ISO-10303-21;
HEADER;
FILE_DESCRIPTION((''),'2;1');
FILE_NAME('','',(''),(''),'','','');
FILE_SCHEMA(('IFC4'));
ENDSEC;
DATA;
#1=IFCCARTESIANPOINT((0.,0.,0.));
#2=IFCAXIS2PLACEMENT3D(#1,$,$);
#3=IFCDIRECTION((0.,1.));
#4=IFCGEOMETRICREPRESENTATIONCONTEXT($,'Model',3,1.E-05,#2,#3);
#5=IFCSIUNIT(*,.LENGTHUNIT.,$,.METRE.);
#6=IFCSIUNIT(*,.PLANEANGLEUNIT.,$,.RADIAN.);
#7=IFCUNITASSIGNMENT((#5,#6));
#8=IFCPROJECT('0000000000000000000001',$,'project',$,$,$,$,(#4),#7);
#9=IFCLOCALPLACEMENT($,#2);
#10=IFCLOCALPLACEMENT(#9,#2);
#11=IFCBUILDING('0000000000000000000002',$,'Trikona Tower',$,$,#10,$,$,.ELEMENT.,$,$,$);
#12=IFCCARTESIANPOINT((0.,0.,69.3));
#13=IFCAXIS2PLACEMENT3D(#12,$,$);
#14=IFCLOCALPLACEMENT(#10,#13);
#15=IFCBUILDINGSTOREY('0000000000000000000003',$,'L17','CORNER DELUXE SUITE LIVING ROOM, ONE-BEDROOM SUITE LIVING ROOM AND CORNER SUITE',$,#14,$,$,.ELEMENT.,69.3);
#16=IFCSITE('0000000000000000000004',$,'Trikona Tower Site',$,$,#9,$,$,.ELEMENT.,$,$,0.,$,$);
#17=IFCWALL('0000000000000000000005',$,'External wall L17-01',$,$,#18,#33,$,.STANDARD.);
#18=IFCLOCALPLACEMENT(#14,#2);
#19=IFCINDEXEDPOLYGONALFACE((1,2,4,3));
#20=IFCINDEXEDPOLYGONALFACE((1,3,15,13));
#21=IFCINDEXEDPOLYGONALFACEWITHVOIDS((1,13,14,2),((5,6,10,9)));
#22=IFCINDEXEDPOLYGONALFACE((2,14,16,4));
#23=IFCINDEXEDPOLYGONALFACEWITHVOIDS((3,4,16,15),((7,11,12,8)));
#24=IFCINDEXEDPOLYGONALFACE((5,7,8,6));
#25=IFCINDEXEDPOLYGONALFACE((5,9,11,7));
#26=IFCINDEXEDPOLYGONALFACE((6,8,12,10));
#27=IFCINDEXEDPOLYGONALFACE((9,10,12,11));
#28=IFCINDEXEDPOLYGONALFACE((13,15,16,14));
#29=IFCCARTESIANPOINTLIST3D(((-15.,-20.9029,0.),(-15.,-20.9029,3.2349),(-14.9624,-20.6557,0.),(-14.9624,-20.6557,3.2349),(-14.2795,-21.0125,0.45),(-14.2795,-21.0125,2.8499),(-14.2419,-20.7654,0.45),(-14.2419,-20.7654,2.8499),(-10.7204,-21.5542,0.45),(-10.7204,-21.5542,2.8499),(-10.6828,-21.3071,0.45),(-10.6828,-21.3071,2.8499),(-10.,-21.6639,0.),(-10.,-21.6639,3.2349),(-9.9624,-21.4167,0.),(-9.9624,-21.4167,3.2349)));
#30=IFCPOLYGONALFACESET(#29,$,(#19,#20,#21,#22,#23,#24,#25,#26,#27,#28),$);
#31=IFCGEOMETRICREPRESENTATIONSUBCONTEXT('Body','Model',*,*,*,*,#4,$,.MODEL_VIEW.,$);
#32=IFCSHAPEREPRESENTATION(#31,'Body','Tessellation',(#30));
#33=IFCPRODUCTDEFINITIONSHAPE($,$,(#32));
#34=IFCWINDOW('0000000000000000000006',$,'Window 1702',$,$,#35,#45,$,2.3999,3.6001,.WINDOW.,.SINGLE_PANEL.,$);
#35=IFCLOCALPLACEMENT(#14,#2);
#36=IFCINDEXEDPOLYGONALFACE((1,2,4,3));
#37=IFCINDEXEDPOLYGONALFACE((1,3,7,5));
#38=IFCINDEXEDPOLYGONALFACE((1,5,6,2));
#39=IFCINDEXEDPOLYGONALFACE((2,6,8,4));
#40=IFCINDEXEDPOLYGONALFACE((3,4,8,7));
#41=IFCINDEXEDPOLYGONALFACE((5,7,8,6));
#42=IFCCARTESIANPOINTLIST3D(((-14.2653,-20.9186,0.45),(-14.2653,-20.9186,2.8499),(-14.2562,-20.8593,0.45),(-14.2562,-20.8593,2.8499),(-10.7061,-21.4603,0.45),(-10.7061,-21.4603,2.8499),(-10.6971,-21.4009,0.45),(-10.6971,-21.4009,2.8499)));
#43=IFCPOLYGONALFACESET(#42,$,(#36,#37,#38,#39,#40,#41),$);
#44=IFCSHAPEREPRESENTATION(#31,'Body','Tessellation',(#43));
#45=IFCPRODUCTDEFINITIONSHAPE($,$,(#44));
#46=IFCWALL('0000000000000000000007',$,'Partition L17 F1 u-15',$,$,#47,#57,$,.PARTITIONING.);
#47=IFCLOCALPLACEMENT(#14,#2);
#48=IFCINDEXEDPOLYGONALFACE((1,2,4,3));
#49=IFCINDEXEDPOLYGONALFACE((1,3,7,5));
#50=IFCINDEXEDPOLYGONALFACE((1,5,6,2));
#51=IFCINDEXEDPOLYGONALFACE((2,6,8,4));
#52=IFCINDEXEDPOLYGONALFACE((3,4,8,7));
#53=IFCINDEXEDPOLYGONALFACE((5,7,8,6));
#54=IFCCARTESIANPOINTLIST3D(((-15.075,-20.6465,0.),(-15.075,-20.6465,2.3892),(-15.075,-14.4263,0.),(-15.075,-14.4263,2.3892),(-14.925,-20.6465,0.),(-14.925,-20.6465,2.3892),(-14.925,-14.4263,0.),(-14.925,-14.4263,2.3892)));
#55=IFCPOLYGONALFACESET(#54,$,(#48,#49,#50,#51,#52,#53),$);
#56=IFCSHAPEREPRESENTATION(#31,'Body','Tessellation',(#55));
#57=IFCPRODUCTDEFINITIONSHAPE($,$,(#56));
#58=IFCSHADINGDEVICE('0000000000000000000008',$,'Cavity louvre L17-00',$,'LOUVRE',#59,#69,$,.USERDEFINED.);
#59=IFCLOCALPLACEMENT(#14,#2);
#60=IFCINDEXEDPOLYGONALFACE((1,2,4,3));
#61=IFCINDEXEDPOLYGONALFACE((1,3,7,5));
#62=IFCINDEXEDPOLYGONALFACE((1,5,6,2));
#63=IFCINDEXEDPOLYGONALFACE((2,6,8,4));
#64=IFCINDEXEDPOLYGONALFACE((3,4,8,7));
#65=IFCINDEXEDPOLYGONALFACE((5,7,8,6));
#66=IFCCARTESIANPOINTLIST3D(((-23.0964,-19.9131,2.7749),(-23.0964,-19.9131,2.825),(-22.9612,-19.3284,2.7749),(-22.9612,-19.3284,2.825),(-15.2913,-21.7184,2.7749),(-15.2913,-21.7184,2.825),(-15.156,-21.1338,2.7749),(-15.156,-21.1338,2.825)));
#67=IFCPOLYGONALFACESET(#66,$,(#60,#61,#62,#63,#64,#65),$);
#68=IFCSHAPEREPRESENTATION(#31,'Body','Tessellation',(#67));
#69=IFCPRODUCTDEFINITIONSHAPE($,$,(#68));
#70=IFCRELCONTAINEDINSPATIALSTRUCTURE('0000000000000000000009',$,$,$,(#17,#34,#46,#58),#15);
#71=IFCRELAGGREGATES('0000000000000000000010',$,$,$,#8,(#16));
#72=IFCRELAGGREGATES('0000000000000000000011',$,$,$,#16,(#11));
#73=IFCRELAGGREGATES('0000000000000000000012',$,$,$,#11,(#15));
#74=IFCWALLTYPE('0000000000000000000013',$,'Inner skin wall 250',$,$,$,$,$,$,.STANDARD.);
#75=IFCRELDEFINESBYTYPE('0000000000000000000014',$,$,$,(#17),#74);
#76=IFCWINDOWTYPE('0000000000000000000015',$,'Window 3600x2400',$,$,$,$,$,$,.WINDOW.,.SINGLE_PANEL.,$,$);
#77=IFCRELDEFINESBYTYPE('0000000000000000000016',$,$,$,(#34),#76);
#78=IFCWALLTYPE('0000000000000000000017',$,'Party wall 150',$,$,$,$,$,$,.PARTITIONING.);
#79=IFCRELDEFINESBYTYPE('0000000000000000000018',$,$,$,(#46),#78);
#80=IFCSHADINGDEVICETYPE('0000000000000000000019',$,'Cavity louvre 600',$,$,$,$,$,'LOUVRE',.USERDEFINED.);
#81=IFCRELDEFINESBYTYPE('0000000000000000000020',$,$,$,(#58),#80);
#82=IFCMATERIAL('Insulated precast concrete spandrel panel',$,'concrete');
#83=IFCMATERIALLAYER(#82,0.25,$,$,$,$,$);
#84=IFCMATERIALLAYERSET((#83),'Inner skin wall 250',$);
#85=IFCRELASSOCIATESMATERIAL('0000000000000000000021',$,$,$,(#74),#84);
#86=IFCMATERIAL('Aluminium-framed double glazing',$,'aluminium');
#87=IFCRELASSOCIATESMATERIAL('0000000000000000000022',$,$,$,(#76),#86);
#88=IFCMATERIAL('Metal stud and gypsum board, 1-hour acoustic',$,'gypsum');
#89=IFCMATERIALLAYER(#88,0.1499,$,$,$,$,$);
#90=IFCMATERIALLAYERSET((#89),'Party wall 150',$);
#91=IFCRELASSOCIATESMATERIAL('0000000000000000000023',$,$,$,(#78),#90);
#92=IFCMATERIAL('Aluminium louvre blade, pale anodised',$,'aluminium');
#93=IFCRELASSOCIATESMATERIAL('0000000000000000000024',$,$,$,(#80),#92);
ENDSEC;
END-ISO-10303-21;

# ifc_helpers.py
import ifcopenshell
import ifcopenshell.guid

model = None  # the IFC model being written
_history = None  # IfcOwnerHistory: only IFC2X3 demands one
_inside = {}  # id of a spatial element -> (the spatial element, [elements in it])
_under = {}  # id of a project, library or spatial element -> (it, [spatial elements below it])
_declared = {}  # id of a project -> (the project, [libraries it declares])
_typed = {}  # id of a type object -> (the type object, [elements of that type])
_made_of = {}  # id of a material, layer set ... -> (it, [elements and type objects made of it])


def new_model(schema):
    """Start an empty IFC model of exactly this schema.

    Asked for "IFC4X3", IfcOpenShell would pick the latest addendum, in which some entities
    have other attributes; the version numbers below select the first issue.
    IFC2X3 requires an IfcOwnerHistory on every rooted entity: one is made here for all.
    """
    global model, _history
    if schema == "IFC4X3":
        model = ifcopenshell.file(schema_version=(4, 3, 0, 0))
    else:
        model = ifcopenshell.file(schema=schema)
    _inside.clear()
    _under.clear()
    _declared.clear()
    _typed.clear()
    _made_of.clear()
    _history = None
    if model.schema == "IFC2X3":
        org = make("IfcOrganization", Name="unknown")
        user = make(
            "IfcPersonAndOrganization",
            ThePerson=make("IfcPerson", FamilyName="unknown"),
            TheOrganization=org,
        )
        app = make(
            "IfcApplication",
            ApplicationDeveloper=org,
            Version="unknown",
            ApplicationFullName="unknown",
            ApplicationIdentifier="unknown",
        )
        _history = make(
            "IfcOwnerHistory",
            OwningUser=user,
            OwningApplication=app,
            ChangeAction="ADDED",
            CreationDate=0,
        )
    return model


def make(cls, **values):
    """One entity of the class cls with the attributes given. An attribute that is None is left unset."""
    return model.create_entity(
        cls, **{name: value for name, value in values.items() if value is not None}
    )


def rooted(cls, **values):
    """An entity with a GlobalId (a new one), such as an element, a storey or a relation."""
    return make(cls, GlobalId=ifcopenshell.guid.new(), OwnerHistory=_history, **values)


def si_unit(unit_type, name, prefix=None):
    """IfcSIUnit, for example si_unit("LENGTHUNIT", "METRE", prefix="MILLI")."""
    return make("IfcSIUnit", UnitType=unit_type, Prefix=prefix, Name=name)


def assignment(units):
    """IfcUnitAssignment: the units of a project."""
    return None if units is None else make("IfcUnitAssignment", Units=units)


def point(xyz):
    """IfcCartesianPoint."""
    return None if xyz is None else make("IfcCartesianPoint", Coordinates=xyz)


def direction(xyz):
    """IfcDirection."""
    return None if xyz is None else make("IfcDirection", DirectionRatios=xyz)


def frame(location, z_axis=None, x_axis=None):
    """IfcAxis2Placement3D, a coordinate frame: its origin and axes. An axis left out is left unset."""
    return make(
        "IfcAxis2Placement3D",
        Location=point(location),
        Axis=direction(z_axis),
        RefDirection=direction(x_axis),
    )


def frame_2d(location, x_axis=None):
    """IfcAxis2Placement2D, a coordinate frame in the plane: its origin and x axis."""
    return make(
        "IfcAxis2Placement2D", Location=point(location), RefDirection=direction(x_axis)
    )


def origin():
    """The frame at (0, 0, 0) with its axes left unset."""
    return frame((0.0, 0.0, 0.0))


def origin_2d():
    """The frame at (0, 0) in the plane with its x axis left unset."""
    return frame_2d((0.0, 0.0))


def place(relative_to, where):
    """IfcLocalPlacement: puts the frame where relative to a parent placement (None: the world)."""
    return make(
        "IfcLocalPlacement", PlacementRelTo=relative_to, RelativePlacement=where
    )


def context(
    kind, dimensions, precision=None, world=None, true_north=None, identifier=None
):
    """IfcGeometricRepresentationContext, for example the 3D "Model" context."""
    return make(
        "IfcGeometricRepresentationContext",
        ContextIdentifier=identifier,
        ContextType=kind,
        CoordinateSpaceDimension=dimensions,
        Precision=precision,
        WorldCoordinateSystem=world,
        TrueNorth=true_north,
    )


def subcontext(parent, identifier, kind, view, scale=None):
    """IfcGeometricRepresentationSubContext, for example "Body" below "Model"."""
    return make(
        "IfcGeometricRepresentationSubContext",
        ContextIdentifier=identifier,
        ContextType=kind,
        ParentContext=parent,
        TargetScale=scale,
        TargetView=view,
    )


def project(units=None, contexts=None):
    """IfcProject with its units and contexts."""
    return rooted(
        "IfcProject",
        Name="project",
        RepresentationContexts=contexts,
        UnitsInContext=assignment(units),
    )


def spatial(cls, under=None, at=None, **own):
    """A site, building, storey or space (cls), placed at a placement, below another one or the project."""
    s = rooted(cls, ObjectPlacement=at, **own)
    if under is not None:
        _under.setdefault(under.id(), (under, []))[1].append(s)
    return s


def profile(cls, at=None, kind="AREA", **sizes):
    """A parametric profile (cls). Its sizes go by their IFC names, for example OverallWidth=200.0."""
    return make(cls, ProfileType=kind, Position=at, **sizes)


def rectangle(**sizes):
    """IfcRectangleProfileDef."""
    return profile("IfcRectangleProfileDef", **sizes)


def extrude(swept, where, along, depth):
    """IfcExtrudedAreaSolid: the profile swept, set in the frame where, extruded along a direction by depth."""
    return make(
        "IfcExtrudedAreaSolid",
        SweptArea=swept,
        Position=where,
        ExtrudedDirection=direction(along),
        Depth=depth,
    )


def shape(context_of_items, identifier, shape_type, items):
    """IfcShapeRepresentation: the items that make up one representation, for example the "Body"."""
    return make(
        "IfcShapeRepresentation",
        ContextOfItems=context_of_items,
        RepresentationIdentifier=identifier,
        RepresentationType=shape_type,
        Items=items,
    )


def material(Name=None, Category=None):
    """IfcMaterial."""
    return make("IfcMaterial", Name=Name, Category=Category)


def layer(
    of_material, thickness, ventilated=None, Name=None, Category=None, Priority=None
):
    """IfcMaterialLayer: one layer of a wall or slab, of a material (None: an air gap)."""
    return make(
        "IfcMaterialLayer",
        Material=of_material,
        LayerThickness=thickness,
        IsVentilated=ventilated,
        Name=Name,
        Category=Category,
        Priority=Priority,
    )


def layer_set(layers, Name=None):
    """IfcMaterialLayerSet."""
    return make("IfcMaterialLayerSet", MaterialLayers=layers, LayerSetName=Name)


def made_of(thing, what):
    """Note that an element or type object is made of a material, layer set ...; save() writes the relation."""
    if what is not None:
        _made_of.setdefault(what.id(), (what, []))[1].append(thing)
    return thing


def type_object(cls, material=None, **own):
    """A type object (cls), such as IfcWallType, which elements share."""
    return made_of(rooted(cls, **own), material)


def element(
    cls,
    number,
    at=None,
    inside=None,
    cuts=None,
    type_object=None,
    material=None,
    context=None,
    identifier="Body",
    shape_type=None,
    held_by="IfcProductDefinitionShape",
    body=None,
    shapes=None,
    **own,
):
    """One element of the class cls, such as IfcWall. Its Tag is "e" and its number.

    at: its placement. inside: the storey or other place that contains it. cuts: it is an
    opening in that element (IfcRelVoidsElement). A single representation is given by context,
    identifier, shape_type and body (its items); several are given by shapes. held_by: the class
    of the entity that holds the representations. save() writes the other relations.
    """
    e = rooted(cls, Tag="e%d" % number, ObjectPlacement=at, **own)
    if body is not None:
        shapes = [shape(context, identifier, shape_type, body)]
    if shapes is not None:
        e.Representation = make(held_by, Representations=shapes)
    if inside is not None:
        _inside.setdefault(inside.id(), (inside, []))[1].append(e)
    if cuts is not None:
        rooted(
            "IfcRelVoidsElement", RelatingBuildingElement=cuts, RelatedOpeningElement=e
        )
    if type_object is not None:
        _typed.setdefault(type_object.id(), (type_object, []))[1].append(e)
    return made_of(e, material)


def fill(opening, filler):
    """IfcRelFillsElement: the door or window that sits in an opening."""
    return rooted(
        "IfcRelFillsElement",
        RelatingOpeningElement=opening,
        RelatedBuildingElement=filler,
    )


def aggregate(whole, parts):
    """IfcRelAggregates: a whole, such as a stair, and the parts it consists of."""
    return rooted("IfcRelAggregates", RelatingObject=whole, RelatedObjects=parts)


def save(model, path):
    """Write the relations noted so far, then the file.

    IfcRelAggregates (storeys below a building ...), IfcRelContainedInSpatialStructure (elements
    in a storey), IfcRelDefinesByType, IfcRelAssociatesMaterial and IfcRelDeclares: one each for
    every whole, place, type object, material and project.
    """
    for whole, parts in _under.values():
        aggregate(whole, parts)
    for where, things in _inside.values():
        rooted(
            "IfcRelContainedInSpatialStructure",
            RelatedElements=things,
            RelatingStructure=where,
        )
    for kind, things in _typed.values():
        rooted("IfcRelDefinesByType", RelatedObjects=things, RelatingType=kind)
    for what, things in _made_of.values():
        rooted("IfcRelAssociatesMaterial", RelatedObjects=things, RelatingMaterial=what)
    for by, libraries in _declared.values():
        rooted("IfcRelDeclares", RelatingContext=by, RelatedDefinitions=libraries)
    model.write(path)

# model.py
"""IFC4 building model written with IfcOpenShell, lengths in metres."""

from ifc_helpers import new_model, si_unit, direction, frame, frame_2d, origin, origin_2d, place, context, subcontext, project, spatial, rectangle, extrude, material, layer, layer_set, type_object, element, fill, save


model = new_model("IFC4")

# Units and contexts
model_context = context("Model", 3, precision=1e-05, world=origin(), true_north=direction((0.0, 1.0)))
body_context = subcontext(model_context, "Body", "Model", "MODEL_VIEW")
ifc_project = project(units=[si_unit("LENGTHUNIT", "METRE"), si_unit("PLANEANGLEUNIT", "RADIAN")], contexts=[model_context])

# Site, building, storey
site_placement = place(None, origin())
site = spatial("IfcSite", under=ifc_project, at=site_placement, Name="Trikona Tower Site", CompositionType="ELEMENT", RefElevation=0.0)
building_placement = place(site_placement, origin())
building = spatial("IfcBuilding", under=site, at=building_placement, Name="Trikona Tower", CompositionType="ELEMENT")
storey_placement = place(building_placement, frame((0.0, 0.0, 69.3)))
storey = spatial("IfcBuildingStorey", under=building, at=storey_placement, Name="L17", Description="CORNER DELUXE SUITE LIVING ROOM, ONE-BEDROOM SUITE LIVING ROOM AND CORNER SUITE", CompositionType="ELEMENT", Elevation=69.3)

# Wall, opening, window
ifc_material_1 = material(Name="Insulated precast concrete spandrel panel", Category="concrete")
ifc_layer_1 = layer(ifc_material_1, 0.25)
ifc_layer_set_1 = layer_set([ifc_layer_1], Name="Inner skin wall 250")
wall_type_1 = type_object("IfcWallType", Name="Inner skin wall 250", PredefinedType="STANDARD", material=ifc_layer_set_1)
wall_1_placement = place(storey_placement, frame((-14.9812, -20.7793, 0.0), z_axis=(0.0, 0.0, 1.0), x_axis=(0.988615, -0.150465, 0.0)))
wall_1 = element("IfcWall", 1, at=wall_1_placement, inside=storey, type_object=wall_type_1, Name="External wall L17-01", PredefinedType="STANDARD", context=body_context, shape_type="SweptSolid", body=[
    extrude(rectangle(XDim=5.0576, YDim=0.25, at=frame_2d((2.5288, 0.0))), origin(), (0.0, 0.0, 1.0), 3.2349),
])
opening_1_placement = place(wall_1_placement, frame((0.7288, 0.0, 0.45)))
opening_1 = element("IfcOpeningElement", 2, at=opening_1_placement, cuts=wall_1, PredefinedType="OPENING", context=body_context, shape_type="SweptSolid", body=[
    extrude(rectangle(XDim=3.6001, YDim=2.3999, at=frame_2d((1.8, 1.2))), frame((0.0, 0.135, 0.0), z_axis=(0.0, -1.0, 0.0), x_axis=(1.0, 0.0, 0.0)), (0.0, 0.0, 1.0), 0.27),
])
ifc_material_2 = material(Name="Aluminium-framed double glazing", Category="aluminium")
window_type = type_object("IfcWindowType", Name="Window 3600x2400", PartitioningType="SINGLE_PANEL", PredefinedType="WINDOW", material=ifc_material_2)
window_placement = place(opening_1_placement, origin())
window = element("IfcWindow", 3, at=window_placement, inside=storey, type_object=window_type, Name="Window 1702", OverallHeight=2.3999, OverallWidth=3.6001, PartitioningType="SINGLE_PANEL", PredefinedType="WINDOW", context=body_context, shape_type="SweptSolid", body=[
    extrude(rectangle(XDim=3.6001, YDim=2.3999, at=frame_2d((1.8, 1.2))), frame((0.0, 0.03, 0.0), z_axis=(0.0, -1.0, 0.0), x_axis=(1.0, 0.0, 0.0)), (0.0, 0.0, 1.0), 0.0601),
])
fill(opening_1, window)

# Wall
ifc_material_3 = material(Name="Metal stud and gypsum board, 1-hour acoustic", Category="gypsum")
ifc_layer_2 = layer(ifc_material_3, 0.1499)
ifc_layer_set_2 = layer_set([ifc_layer_2], Name="Party wall 150")
wall_type_2 = type_object("IfcWallType", Name="Party wall 150", PredefinedType="PARTITIONING", material=ifc_layer_set_2)
wall_2_placement = place(storey_placement, frame((-15.0, -14.4263, 0.0), z_axis=(0.0, 0.0, 1.0), x_axis=(0.0, -1.0, 0.0)))
element("IfcWall", 4, at=wall_2_placement, inside=storey, type_object=wall_type_2, Name="Partition L17 F1 u-15", PredefinedType="PARTITIONING", context=body_context, shape_type="SweptSolid", body=[
    extrude(rectangle(XDim=6.2202, YDim=0.1499, at=frame_2d((3.1101, 0.0))), origin(), (0.0, 0.0, 1.0), 2.3892),
])

# Shading device
ifc_material_4 = material(Name="Aluminium louvre blade, pale anodised", Category="aluminium")
shading_device_type = type_object("IfcShadingDeviceType", Name="Cavity louvre 600", ElementType="LOUVRE", PredefinedType="USERDEFINED", material=ifc_material_4)
shading_device_placement = place(storey_placement, frame((-19.1262, -20.5234, 2.7749), z_axis=(0.0, 0.0, 1.0), x_axis=(0.974278, -0.225351, 0.0)))
element("IfcShadingDevice", 5, at=shading_device_placement, inside=storey, type_object=shading_device_type, Name="Cavity louvre L17-00", ObjectType="LOUVRE", PredefinedType="USERDEFINED", context=body_context, shape_type="SweptSolid", body=[
    extrude(rectangle(XDim=8.0112, YDim=0.6001, at=origin_2d()), origin(), (0.0, 0.0, 1.0), 0.05),
])

save(model, "model.ifc")
